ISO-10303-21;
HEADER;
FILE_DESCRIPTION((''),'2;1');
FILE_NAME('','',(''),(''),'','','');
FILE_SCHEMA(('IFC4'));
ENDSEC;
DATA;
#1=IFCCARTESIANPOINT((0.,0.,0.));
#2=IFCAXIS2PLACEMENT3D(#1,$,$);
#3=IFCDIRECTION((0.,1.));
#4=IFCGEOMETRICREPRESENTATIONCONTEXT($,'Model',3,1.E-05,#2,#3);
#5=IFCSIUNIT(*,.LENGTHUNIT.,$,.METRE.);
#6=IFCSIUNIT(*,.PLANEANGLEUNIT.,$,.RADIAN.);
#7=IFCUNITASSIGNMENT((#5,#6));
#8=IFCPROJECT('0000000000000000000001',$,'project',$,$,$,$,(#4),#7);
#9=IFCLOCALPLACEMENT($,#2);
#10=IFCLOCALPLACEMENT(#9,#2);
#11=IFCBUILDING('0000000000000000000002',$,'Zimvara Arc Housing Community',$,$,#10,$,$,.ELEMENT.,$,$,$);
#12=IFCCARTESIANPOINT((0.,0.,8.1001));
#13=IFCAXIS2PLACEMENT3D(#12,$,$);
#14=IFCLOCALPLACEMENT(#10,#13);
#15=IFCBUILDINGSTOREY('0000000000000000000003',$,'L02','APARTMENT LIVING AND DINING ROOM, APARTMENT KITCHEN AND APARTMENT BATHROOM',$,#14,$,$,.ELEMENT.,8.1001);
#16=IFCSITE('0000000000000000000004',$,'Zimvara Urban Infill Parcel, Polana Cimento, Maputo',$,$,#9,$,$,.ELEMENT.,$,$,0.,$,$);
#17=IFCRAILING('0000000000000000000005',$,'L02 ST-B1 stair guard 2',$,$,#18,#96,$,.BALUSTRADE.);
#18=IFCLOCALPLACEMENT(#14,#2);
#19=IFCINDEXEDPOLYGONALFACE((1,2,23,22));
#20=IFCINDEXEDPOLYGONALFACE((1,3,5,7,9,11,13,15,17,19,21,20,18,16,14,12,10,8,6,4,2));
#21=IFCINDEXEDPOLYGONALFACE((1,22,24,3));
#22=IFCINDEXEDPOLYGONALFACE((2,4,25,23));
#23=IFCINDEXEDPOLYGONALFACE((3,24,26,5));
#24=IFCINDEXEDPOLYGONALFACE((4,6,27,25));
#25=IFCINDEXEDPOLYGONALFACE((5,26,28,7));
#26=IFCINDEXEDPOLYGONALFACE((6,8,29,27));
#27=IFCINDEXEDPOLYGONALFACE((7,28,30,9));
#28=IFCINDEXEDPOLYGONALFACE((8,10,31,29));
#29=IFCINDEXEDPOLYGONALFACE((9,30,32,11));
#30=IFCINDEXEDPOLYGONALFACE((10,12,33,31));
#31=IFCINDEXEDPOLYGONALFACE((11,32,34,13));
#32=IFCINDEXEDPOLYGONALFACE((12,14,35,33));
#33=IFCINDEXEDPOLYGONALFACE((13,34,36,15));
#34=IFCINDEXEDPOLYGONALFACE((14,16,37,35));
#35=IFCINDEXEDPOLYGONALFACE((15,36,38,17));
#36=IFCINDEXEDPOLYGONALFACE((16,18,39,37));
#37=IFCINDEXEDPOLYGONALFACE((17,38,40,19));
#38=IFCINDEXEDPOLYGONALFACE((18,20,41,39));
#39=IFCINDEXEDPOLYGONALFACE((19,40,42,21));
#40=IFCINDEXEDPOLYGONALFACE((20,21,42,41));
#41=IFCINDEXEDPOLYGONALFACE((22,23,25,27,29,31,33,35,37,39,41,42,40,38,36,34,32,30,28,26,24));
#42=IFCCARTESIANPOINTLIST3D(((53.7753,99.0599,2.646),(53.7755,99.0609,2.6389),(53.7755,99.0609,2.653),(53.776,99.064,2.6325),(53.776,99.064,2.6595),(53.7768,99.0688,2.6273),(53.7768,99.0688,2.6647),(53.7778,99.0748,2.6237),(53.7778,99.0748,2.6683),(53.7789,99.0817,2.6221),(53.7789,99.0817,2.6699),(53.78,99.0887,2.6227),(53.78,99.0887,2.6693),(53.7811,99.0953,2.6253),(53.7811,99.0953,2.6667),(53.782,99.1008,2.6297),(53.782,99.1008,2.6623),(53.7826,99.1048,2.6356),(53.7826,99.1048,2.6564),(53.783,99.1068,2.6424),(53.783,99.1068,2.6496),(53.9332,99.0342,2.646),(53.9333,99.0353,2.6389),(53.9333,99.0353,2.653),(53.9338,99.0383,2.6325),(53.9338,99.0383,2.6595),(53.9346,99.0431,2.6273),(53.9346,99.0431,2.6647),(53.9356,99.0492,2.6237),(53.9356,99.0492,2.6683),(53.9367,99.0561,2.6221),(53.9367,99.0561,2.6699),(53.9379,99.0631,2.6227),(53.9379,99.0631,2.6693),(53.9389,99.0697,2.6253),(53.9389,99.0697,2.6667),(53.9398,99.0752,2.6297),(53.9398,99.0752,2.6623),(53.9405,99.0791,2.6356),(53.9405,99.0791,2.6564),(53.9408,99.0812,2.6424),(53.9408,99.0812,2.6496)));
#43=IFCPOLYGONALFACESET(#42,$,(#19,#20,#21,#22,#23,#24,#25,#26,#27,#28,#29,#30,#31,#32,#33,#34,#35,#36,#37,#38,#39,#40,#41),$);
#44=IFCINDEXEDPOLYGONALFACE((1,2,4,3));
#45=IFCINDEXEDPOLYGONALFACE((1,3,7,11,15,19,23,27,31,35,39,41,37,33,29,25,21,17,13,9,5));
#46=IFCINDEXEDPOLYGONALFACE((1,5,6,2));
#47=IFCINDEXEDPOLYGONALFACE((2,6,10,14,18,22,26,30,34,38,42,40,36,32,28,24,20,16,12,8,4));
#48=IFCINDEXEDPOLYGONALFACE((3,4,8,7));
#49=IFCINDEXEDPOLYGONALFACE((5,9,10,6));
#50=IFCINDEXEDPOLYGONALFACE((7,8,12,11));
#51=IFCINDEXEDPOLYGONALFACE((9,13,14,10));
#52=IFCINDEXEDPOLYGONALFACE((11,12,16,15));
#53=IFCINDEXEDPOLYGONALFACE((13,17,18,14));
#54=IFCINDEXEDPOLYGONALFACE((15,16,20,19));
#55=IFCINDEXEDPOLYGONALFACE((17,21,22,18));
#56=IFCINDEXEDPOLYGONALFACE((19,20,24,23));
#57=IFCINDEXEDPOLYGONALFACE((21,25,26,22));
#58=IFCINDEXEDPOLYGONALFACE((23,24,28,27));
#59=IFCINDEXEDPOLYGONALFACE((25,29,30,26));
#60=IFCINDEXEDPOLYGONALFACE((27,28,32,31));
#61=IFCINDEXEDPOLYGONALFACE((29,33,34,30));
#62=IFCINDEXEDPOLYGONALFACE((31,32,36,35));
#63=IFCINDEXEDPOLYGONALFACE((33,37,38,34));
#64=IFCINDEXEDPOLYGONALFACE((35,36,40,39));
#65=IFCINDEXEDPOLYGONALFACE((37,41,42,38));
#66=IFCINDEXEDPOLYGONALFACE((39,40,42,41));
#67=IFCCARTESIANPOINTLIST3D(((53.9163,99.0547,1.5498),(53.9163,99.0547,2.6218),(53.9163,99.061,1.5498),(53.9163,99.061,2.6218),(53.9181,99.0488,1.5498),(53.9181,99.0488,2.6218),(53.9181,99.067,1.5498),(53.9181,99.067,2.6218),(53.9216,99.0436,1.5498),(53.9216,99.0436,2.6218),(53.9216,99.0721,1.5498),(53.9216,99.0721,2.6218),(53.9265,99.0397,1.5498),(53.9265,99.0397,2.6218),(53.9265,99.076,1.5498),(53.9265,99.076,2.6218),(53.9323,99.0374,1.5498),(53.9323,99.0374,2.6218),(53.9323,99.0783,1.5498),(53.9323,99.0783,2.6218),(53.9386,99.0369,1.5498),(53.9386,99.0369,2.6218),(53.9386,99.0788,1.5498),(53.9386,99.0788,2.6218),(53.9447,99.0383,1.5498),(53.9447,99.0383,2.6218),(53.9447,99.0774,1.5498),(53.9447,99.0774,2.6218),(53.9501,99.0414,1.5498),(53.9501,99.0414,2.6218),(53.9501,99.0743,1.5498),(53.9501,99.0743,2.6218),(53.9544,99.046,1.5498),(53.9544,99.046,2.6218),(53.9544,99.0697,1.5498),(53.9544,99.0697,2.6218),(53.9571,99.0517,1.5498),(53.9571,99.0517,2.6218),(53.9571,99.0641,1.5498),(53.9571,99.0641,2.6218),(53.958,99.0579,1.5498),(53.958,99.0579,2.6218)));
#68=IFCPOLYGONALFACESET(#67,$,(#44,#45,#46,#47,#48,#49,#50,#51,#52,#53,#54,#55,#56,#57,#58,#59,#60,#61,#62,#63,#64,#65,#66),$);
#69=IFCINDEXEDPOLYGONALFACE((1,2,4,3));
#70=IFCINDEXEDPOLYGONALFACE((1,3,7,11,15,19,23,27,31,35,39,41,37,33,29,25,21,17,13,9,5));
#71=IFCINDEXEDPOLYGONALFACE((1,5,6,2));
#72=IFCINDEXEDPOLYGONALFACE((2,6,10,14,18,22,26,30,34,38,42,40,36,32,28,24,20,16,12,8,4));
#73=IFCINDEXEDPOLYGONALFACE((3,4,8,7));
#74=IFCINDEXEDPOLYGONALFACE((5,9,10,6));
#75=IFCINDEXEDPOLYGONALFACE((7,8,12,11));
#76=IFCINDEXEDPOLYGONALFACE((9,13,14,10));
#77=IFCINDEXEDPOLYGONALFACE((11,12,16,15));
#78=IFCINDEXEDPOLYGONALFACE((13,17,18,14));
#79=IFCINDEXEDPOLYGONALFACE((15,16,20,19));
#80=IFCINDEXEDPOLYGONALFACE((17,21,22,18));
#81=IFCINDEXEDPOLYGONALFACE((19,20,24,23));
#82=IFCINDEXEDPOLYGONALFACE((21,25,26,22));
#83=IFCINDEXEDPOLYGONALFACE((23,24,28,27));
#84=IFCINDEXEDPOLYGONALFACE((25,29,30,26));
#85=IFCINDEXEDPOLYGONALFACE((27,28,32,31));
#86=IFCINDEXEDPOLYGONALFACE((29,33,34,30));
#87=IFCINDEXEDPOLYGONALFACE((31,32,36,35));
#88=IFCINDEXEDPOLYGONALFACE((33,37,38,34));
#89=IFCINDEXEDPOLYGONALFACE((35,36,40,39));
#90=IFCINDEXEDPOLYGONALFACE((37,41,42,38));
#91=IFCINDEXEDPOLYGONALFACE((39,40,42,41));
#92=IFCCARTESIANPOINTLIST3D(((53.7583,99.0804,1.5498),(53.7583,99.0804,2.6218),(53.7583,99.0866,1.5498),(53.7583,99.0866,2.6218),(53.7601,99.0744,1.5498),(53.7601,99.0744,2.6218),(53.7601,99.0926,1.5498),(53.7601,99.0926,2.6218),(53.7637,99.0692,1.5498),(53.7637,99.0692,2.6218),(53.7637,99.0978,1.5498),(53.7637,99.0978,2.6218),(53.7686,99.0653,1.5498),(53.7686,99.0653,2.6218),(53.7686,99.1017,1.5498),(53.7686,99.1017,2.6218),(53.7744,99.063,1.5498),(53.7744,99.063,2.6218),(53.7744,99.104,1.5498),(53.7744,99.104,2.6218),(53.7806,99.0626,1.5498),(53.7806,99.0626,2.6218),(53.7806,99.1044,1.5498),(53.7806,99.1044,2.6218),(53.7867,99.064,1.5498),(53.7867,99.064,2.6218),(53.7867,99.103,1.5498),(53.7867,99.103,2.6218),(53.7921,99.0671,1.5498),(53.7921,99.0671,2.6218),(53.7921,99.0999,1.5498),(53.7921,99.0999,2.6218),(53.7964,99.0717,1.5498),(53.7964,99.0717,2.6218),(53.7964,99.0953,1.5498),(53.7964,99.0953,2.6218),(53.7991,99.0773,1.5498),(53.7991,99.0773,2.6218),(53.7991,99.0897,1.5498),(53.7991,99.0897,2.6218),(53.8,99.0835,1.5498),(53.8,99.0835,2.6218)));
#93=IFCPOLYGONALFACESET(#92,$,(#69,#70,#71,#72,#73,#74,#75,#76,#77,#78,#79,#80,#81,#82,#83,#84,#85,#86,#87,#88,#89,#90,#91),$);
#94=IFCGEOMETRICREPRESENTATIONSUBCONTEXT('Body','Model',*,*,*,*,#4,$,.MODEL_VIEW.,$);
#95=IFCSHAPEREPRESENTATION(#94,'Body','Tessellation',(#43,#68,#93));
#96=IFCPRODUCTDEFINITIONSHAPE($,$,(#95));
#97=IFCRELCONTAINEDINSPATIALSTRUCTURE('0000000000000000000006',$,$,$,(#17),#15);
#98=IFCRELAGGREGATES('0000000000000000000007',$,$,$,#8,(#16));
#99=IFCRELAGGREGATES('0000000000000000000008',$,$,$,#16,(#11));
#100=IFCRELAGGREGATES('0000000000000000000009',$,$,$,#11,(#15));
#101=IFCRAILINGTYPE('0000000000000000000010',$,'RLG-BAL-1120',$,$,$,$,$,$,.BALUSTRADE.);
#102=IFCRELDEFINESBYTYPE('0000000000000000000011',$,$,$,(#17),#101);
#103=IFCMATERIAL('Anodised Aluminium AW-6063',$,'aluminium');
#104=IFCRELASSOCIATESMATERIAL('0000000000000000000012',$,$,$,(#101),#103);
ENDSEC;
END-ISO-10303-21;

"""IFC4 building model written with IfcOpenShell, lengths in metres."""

from ifc_helpers import new_model, si_unit, direction, frame, origin, origin_2d, place, context, subcontext, project, spatial, circle, extrude, material, type_object, element, save


model = new_model("IFC4")

# Units and contexts
model_context = context("Model", 3, precision=1e-05, world=origin(), true_north=direction((0.0, 1.0)))
body_context = subcontext(model_context, "Body", "Model", "MODEL_VIEW")
ifc_project = project(units=[si_unit("LENGTHUNIT", "METRE"), si_unit("PLANEANGLEUNIT", "RADIAN")], contexts=[model_context])

# Site, building, storey
site_placement = place(None, origin())
site = spatial("IfcSite", under=ifc_project, at=site_placement, Name="Zimvara Urban Infill Parcel, Polana Cimento, Maputo", CompositionType="ELEMENT", RefElevation=0.0)
building_placement = place(site_placement, origin())
building = spatial("IfcBuilding", under=site, at=building_placement, Name="Zimvara Arc Housing Community", CompositionType="ELEMENT")
storey_placement = place(building_placement, frame((0.0, 0.0, 8.1001)))
storey = spatial("IfcBuildingStorey", under=building, at=storey_placement, Name="L02", Description="APARTMENT LIVING AND DINING ROOM, APARTMENT KITCHEN AND APARTMENT BATHROOM", CompositionType="ELEMENT", Elevation=8.1001)

# Railing
ifc_material_1 = material(Name="Anodised Aluminium AW-6063", Category="aluminium")
railing_type_1 = type_object("IfcRailingType", Name="RLG-BAL-1120", PredefinedType="BALUSTRADE", material=ifc_material_1)
railing_1_placement = place(storey_placement, frame((53.937, 99.0579, 1.5498)))
element("IfcRailing", 1, at=railing_1_placement, inside=storey, type_object=railing_type_1, Name="L02 ST-B1 stair guard 2", PredefinedType="BALUSTRADE", context=body_context, shape_type="SweptSolid", body=[
    extrude(circle(Radius=0.0239, at=origin_2d()), frame((0.0, 0.0, 1.0962), z_axis=(-0.987086, 0.160192, 0.0), x_axis=(-0.160192, -0.987086, 0.0)), (0.0, 0.0, 1.0), 0.1599),
    extrude(circle(Radius=0.021, at=origin_2d()), origin(), (0.0, 0.0, 1.0), 1.072),
    extrude(circle(Radius=0.021, at=origin_2d()), frame((-0.158, 0.0256, 0.0)), (0.0, 0.0, 1.0), 1.072),
])

save(model, "model.ifc")
